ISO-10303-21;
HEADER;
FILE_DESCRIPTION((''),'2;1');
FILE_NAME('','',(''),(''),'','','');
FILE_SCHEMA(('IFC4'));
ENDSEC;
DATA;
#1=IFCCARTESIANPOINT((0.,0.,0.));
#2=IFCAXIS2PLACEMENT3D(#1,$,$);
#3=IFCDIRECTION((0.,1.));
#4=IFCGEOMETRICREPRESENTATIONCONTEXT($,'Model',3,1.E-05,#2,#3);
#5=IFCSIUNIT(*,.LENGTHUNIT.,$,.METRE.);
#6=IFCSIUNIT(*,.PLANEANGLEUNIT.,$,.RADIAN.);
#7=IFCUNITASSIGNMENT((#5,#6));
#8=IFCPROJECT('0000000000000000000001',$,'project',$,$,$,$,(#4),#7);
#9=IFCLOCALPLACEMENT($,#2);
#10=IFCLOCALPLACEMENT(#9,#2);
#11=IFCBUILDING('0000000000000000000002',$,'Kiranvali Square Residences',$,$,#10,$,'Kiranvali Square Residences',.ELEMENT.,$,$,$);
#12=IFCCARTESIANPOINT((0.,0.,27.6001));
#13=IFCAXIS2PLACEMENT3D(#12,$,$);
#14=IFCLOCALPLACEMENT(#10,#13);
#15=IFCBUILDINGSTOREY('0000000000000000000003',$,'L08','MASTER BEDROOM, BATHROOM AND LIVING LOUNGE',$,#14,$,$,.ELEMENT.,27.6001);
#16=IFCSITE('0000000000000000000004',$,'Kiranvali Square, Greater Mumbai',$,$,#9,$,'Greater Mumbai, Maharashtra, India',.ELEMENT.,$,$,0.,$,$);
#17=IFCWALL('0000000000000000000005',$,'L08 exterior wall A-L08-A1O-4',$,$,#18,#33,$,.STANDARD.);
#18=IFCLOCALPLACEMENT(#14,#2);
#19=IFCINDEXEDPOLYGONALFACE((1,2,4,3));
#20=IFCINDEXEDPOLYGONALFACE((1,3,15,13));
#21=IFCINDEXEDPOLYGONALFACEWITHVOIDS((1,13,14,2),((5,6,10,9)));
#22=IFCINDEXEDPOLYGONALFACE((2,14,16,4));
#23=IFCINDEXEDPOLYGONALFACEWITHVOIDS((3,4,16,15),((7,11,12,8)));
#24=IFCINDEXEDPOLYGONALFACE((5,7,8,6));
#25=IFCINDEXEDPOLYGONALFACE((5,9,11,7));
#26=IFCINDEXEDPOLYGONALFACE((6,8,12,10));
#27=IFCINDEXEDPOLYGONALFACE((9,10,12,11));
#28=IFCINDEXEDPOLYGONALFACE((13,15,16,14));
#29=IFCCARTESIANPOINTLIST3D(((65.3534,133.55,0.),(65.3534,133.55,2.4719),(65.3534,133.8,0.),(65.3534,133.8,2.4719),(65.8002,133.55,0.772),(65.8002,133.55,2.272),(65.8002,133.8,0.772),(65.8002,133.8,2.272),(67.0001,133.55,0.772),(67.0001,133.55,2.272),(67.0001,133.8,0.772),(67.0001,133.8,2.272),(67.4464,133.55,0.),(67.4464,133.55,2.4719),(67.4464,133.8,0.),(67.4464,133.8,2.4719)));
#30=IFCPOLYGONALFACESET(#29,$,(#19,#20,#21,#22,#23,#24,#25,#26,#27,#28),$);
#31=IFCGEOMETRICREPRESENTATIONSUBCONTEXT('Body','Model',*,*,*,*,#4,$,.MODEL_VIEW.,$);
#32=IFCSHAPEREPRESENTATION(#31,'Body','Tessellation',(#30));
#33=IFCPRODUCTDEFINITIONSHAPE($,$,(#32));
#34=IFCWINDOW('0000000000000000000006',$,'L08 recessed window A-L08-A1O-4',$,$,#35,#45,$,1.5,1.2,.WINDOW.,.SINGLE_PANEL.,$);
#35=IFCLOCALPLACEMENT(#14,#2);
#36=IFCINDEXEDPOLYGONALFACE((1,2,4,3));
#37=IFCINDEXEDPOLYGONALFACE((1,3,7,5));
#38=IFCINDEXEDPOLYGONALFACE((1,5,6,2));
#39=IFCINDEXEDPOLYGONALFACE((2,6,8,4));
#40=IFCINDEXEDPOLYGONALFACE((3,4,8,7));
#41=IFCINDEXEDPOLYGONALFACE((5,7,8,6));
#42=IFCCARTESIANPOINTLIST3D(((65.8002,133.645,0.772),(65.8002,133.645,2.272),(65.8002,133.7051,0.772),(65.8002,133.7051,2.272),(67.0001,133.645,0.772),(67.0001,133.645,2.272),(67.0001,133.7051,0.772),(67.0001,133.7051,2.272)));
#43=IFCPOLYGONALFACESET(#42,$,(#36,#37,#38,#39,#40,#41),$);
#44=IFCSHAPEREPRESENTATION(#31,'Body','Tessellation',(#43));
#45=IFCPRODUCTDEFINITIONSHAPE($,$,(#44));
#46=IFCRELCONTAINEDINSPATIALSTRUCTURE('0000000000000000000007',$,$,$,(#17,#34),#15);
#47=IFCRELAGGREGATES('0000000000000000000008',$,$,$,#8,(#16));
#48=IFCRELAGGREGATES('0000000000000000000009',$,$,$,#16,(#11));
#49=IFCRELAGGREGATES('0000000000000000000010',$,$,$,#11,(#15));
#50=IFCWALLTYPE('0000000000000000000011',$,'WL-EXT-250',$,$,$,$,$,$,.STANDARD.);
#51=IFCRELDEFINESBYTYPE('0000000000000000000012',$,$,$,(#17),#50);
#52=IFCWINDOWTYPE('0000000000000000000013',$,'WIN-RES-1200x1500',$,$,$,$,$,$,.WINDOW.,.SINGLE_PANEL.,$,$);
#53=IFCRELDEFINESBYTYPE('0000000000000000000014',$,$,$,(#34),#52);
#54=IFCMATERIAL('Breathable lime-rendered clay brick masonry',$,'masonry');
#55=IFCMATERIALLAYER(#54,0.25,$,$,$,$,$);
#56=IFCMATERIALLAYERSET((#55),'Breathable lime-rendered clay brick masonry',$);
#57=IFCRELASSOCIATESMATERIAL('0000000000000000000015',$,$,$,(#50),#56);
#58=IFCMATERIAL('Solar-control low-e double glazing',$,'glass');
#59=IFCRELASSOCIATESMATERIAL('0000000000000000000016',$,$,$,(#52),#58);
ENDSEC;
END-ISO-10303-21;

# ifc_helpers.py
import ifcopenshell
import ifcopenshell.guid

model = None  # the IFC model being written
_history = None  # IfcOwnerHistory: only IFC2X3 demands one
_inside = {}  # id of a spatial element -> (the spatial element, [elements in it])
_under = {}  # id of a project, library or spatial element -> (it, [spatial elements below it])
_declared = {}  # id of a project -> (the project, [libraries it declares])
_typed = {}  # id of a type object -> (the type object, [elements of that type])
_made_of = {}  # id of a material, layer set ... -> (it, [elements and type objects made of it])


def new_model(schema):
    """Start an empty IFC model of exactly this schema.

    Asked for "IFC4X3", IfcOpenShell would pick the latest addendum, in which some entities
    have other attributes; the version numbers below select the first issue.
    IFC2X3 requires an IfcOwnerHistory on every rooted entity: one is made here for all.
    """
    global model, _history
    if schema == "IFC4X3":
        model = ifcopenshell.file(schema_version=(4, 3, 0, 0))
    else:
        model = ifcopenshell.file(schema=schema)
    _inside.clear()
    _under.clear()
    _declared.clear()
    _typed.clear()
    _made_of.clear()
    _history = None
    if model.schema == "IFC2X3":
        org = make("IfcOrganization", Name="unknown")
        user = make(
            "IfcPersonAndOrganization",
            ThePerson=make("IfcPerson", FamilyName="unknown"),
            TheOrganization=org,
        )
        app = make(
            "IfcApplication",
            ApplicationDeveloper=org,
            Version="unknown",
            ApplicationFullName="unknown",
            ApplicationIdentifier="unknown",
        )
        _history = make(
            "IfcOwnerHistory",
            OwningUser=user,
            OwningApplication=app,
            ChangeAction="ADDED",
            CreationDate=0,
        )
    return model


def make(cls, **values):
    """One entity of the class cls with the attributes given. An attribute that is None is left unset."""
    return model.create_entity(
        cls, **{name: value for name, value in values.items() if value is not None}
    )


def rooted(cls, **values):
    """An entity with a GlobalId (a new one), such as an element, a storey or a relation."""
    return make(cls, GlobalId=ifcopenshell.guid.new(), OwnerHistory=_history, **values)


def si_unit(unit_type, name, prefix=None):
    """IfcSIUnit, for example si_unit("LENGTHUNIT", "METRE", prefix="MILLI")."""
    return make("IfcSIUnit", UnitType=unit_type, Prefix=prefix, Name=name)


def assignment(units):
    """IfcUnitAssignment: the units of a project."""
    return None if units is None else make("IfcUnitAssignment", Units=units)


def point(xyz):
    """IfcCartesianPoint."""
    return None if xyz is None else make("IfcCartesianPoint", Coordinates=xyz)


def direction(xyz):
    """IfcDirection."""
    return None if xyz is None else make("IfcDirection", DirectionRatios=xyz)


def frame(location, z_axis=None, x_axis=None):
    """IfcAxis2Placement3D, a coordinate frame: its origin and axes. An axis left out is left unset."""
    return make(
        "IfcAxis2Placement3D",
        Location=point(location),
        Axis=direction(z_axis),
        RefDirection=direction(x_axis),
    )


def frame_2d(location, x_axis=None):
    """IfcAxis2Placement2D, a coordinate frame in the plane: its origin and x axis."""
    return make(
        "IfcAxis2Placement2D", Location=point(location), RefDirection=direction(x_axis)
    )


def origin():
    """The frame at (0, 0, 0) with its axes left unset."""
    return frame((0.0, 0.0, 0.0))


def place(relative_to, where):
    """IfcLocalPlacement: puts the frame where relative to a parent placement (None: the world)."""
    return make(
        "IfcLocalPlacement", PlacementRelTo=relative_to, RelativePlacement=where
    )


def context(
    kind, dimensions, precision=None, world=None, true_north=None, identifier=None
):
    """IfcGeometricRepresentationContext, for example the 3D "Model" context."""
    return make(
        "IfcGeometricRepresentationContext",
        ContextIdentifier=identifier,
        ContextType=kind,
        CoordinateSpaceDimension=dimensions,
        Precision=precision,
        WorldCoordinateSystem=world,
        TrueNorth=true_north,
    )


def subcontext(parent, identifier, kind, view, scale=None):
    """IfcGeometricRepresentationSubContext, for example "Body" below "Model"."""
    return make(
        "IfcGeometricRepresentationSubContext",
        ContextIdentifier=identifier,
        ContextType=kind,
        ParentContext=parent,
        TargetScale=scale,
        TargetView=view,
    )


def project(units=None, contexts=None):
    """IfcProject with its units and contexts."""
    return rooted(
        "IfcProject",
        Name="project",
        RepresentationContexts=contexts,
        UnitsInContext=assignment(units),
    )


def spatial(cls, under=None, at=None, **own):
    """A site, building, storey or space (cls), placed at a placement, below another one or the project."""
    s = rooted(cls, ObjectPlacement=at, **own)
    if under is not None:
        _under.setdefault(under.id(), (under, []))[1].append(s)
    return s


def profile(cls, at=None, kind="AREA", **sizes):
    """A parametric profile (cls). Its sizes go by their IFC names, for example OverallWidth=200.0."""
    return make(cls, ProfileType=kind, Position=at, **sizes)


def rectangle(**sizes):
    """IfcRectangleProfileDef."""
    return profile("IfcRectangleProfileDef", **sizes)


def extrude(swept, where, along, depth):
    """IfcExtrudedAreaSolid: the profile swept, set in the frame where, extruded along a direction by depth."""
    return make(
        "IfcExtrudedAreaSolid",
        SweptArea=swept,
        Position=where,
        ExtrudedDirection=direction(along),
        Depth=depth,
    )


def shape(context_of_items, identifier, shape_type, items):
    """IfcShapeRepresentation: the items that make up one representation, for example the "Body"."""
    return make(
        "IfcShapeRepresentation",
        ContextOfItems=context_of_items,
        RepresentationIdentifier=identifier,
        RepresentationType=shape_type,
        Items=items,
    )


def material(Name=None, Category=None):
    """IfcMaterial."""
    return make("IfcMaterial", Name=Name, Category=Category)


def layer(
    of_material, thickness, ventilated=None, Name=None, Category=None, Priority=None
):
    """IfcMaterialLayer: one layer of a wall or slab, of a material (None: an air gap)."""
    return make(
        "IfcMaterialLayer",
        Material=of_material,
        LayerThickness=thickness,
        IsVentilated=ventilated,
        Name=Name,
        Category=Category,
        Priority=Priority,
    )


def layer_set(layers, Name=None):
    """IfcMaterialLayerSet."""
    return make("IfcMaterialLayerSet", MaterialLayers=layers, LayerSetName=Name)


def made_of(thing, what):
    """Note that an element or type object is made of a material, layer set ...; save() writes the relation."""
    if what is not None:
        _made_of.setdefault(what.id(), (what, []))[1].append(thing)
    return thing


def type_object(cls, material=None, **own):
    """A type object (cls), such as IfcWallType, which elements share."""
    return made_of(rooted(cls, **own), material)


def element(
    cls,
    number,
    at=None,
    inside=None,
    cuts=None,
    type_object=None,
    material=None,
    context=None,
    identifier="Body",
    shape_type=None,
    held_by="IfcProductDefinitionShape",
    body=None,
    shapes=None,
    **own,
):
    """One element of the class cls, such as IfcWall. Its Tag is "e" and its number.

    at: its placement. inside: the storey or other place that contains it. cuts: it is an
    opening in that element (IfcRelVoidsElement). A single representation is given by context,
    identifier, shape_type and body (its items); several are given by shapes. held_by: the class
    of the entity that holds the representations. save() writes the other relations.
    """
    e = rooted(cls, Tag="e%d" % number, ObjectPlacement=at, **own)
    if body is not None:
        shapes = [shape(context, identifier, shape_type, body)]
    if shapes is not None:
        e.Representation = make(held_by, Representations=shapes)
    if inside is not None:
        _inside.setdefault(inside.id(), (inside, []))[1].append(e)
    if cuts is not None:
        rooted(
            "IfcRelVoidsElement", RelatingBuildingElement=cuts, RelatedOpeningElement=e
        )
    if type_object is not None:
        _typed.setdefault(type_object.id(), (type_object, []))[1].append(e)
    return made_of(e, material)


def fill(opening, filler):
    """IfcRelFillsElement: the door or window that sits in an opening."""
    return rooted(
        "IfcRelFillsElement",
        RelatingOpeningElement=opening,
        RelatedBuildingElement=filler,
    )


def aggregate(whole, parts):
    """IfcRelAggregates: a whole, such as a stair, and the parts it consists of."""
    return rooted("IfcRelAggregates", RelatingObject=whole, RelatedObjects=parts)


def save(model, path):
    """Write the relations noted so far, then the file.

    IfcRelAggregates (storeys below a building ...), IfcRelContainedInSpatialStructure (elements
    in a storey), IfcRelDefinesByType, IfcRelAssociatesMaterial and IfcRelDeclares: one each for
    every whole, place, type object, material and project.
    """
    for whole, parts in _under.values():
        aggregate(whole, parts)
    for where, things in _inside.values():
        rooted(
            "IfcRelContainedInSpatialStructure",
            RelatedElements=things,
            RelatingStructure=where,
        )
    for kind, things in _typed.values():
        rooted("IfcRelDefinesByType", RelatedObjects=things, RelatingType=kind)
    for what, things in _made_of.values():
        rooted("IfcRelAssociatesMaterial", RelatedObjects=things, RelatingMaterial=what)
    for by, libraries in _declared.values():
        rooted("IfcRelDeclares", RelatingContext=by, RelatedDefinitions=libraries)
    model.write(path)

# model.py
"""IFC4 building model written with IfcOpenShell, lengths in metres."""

from ifc_helpers import new_model, si_unit, direction, frame, frame_2d, origin, place, context, subcontext, project, spatial, rectangle, extrude, material, layer, layer_set, type_object, element, fill, save


model = new_model("IFC4")

# Units and contexts
model_context = context("Model", 3, precision=1e-05, world=origin(), true_north=direction((0.0, 1.0)))
body_context = subcontext(model_context, "Body", "Model", "MODEL_VIEW")
ifc_project = project(units=[si_unit("LENGTHUNIT", "METRE"), si_unit("PLANEANGLEUNIT", "RADIAN")], contexts=[model_context])

# Site, building, storey
site_placement = place(None, origin())
site = spatial("IfcSite", under=ifc_project, at=site_placement, Name="Kiranvali Square, Greater Mumbai", LongName="Greater Mumbai, Maharashtra, India", CompositionType="ELEMENT", RefElevation=0.0)
building_placement = place(site_placement, origin())
building = spatial("IfcBuilding", under=site, at=building_placement, Name="Kiranvali Square Residences", LongName="Kiranvali Square Residences", CompositionType="ELEMENT")
storey_placement = place(building_placement, frame((0.0, 0.0, 27.6001)))
storey = spatial("IfcBuildingStorey", under=building, at=storey_placement, Name="L08", Description="MASTER BEDROOM, BATHROOM AND LIVING LOUNGE", CompositionType="ELEMENT", Elevation=27.6001)

# Wall, opening, window
ifc_material_1 = material(Name="Breathable lime-rendered clay brick masonry", Category="masonry")
ifc_layer = layer(ifc_material_1, 0.25)
ifc_layer_set = layer_set([ifc_layer], Name="Breathable lime-rendered clay brick masonry")
wall_type = type_object("IfcWallType", Name="WL-EXT-250", PredefinedType="STANDARD", material=ifc_layer_set)
wall_placement = place(storey_placement, frame((65.3535, 133.675, 0.0), z_axis=(0.0, 0.0, 1.0), x_axis=(1.0, 0.0, 0.0)))
wall = element("IfcWall", 1, at=wall_placement, inside=storey, type_object=wall_type, Name="L08 exterior wall A-L08-A1O-4", PredefinedType="STANDARD", context=body_context, shape_type="SweptSolid", body=[
    extrude(rectangle(XDim=2.093, YDim=0.25, at=frame_2d((1.0464, 0.0))), origin(), (0.0, 0.0, 1.0), 2.4719),
])
opening_placement = place(wall_placement, frame((0.4465, 0.0, 0.772)))
opening = element("IfcOpeningElement", 2, at=opening_placement, cuts=wall, PredefinedType="OPENING", context=body_context, shape_type="SweptSolid", body=[
    extrude(rectangle(XDim=1.2, YDim=1.5, at=frame_2d((0.6001, 0.75))), frame((0.0, 0.135, 0.0), z_axis=(0.0, -1.0, 0.0), x_axis=(1.0, 0.0, 0.0)), (0.0, 0.0, 1.0), 0.27),
])
ifc_material_2 = material(Name="Solar-control low-e double glazing", Category="glass")
window_type = type_object("IfcWindowType", Name="WIN-RES-1200x1500", PartitioningType="SINGLE_PANEL", PredefinedType="WINDOW", material=ifc_material_2)
window_placement = place(opening_placement, origin())
window = element("IfcWindow", 3, at=window_placement, inside=storey, type_object=window_type, Name="L08 recessed window A-L08-A1O-4", OverallHeight=1.5, OverallWidth=1.2, PartitioningType="SINGLE_PANEL", PredefinedType="WINDOW", context=body_context, shape_type="SweptSolid", body=[
    extrude(rectangle(XDim=1.2, YDim=1.5, at=frame_2d((0.6001, 0.75))), frame((0.0, 0.03, 0.0), z_axis=(0.0, -1.0, 0.0), x_axis=(1.0, 0.0, 0.0)), (0.0, 0.0, 1.0), 0.0601),
])
fill(opening, window)

save(model, "model.ifc")
